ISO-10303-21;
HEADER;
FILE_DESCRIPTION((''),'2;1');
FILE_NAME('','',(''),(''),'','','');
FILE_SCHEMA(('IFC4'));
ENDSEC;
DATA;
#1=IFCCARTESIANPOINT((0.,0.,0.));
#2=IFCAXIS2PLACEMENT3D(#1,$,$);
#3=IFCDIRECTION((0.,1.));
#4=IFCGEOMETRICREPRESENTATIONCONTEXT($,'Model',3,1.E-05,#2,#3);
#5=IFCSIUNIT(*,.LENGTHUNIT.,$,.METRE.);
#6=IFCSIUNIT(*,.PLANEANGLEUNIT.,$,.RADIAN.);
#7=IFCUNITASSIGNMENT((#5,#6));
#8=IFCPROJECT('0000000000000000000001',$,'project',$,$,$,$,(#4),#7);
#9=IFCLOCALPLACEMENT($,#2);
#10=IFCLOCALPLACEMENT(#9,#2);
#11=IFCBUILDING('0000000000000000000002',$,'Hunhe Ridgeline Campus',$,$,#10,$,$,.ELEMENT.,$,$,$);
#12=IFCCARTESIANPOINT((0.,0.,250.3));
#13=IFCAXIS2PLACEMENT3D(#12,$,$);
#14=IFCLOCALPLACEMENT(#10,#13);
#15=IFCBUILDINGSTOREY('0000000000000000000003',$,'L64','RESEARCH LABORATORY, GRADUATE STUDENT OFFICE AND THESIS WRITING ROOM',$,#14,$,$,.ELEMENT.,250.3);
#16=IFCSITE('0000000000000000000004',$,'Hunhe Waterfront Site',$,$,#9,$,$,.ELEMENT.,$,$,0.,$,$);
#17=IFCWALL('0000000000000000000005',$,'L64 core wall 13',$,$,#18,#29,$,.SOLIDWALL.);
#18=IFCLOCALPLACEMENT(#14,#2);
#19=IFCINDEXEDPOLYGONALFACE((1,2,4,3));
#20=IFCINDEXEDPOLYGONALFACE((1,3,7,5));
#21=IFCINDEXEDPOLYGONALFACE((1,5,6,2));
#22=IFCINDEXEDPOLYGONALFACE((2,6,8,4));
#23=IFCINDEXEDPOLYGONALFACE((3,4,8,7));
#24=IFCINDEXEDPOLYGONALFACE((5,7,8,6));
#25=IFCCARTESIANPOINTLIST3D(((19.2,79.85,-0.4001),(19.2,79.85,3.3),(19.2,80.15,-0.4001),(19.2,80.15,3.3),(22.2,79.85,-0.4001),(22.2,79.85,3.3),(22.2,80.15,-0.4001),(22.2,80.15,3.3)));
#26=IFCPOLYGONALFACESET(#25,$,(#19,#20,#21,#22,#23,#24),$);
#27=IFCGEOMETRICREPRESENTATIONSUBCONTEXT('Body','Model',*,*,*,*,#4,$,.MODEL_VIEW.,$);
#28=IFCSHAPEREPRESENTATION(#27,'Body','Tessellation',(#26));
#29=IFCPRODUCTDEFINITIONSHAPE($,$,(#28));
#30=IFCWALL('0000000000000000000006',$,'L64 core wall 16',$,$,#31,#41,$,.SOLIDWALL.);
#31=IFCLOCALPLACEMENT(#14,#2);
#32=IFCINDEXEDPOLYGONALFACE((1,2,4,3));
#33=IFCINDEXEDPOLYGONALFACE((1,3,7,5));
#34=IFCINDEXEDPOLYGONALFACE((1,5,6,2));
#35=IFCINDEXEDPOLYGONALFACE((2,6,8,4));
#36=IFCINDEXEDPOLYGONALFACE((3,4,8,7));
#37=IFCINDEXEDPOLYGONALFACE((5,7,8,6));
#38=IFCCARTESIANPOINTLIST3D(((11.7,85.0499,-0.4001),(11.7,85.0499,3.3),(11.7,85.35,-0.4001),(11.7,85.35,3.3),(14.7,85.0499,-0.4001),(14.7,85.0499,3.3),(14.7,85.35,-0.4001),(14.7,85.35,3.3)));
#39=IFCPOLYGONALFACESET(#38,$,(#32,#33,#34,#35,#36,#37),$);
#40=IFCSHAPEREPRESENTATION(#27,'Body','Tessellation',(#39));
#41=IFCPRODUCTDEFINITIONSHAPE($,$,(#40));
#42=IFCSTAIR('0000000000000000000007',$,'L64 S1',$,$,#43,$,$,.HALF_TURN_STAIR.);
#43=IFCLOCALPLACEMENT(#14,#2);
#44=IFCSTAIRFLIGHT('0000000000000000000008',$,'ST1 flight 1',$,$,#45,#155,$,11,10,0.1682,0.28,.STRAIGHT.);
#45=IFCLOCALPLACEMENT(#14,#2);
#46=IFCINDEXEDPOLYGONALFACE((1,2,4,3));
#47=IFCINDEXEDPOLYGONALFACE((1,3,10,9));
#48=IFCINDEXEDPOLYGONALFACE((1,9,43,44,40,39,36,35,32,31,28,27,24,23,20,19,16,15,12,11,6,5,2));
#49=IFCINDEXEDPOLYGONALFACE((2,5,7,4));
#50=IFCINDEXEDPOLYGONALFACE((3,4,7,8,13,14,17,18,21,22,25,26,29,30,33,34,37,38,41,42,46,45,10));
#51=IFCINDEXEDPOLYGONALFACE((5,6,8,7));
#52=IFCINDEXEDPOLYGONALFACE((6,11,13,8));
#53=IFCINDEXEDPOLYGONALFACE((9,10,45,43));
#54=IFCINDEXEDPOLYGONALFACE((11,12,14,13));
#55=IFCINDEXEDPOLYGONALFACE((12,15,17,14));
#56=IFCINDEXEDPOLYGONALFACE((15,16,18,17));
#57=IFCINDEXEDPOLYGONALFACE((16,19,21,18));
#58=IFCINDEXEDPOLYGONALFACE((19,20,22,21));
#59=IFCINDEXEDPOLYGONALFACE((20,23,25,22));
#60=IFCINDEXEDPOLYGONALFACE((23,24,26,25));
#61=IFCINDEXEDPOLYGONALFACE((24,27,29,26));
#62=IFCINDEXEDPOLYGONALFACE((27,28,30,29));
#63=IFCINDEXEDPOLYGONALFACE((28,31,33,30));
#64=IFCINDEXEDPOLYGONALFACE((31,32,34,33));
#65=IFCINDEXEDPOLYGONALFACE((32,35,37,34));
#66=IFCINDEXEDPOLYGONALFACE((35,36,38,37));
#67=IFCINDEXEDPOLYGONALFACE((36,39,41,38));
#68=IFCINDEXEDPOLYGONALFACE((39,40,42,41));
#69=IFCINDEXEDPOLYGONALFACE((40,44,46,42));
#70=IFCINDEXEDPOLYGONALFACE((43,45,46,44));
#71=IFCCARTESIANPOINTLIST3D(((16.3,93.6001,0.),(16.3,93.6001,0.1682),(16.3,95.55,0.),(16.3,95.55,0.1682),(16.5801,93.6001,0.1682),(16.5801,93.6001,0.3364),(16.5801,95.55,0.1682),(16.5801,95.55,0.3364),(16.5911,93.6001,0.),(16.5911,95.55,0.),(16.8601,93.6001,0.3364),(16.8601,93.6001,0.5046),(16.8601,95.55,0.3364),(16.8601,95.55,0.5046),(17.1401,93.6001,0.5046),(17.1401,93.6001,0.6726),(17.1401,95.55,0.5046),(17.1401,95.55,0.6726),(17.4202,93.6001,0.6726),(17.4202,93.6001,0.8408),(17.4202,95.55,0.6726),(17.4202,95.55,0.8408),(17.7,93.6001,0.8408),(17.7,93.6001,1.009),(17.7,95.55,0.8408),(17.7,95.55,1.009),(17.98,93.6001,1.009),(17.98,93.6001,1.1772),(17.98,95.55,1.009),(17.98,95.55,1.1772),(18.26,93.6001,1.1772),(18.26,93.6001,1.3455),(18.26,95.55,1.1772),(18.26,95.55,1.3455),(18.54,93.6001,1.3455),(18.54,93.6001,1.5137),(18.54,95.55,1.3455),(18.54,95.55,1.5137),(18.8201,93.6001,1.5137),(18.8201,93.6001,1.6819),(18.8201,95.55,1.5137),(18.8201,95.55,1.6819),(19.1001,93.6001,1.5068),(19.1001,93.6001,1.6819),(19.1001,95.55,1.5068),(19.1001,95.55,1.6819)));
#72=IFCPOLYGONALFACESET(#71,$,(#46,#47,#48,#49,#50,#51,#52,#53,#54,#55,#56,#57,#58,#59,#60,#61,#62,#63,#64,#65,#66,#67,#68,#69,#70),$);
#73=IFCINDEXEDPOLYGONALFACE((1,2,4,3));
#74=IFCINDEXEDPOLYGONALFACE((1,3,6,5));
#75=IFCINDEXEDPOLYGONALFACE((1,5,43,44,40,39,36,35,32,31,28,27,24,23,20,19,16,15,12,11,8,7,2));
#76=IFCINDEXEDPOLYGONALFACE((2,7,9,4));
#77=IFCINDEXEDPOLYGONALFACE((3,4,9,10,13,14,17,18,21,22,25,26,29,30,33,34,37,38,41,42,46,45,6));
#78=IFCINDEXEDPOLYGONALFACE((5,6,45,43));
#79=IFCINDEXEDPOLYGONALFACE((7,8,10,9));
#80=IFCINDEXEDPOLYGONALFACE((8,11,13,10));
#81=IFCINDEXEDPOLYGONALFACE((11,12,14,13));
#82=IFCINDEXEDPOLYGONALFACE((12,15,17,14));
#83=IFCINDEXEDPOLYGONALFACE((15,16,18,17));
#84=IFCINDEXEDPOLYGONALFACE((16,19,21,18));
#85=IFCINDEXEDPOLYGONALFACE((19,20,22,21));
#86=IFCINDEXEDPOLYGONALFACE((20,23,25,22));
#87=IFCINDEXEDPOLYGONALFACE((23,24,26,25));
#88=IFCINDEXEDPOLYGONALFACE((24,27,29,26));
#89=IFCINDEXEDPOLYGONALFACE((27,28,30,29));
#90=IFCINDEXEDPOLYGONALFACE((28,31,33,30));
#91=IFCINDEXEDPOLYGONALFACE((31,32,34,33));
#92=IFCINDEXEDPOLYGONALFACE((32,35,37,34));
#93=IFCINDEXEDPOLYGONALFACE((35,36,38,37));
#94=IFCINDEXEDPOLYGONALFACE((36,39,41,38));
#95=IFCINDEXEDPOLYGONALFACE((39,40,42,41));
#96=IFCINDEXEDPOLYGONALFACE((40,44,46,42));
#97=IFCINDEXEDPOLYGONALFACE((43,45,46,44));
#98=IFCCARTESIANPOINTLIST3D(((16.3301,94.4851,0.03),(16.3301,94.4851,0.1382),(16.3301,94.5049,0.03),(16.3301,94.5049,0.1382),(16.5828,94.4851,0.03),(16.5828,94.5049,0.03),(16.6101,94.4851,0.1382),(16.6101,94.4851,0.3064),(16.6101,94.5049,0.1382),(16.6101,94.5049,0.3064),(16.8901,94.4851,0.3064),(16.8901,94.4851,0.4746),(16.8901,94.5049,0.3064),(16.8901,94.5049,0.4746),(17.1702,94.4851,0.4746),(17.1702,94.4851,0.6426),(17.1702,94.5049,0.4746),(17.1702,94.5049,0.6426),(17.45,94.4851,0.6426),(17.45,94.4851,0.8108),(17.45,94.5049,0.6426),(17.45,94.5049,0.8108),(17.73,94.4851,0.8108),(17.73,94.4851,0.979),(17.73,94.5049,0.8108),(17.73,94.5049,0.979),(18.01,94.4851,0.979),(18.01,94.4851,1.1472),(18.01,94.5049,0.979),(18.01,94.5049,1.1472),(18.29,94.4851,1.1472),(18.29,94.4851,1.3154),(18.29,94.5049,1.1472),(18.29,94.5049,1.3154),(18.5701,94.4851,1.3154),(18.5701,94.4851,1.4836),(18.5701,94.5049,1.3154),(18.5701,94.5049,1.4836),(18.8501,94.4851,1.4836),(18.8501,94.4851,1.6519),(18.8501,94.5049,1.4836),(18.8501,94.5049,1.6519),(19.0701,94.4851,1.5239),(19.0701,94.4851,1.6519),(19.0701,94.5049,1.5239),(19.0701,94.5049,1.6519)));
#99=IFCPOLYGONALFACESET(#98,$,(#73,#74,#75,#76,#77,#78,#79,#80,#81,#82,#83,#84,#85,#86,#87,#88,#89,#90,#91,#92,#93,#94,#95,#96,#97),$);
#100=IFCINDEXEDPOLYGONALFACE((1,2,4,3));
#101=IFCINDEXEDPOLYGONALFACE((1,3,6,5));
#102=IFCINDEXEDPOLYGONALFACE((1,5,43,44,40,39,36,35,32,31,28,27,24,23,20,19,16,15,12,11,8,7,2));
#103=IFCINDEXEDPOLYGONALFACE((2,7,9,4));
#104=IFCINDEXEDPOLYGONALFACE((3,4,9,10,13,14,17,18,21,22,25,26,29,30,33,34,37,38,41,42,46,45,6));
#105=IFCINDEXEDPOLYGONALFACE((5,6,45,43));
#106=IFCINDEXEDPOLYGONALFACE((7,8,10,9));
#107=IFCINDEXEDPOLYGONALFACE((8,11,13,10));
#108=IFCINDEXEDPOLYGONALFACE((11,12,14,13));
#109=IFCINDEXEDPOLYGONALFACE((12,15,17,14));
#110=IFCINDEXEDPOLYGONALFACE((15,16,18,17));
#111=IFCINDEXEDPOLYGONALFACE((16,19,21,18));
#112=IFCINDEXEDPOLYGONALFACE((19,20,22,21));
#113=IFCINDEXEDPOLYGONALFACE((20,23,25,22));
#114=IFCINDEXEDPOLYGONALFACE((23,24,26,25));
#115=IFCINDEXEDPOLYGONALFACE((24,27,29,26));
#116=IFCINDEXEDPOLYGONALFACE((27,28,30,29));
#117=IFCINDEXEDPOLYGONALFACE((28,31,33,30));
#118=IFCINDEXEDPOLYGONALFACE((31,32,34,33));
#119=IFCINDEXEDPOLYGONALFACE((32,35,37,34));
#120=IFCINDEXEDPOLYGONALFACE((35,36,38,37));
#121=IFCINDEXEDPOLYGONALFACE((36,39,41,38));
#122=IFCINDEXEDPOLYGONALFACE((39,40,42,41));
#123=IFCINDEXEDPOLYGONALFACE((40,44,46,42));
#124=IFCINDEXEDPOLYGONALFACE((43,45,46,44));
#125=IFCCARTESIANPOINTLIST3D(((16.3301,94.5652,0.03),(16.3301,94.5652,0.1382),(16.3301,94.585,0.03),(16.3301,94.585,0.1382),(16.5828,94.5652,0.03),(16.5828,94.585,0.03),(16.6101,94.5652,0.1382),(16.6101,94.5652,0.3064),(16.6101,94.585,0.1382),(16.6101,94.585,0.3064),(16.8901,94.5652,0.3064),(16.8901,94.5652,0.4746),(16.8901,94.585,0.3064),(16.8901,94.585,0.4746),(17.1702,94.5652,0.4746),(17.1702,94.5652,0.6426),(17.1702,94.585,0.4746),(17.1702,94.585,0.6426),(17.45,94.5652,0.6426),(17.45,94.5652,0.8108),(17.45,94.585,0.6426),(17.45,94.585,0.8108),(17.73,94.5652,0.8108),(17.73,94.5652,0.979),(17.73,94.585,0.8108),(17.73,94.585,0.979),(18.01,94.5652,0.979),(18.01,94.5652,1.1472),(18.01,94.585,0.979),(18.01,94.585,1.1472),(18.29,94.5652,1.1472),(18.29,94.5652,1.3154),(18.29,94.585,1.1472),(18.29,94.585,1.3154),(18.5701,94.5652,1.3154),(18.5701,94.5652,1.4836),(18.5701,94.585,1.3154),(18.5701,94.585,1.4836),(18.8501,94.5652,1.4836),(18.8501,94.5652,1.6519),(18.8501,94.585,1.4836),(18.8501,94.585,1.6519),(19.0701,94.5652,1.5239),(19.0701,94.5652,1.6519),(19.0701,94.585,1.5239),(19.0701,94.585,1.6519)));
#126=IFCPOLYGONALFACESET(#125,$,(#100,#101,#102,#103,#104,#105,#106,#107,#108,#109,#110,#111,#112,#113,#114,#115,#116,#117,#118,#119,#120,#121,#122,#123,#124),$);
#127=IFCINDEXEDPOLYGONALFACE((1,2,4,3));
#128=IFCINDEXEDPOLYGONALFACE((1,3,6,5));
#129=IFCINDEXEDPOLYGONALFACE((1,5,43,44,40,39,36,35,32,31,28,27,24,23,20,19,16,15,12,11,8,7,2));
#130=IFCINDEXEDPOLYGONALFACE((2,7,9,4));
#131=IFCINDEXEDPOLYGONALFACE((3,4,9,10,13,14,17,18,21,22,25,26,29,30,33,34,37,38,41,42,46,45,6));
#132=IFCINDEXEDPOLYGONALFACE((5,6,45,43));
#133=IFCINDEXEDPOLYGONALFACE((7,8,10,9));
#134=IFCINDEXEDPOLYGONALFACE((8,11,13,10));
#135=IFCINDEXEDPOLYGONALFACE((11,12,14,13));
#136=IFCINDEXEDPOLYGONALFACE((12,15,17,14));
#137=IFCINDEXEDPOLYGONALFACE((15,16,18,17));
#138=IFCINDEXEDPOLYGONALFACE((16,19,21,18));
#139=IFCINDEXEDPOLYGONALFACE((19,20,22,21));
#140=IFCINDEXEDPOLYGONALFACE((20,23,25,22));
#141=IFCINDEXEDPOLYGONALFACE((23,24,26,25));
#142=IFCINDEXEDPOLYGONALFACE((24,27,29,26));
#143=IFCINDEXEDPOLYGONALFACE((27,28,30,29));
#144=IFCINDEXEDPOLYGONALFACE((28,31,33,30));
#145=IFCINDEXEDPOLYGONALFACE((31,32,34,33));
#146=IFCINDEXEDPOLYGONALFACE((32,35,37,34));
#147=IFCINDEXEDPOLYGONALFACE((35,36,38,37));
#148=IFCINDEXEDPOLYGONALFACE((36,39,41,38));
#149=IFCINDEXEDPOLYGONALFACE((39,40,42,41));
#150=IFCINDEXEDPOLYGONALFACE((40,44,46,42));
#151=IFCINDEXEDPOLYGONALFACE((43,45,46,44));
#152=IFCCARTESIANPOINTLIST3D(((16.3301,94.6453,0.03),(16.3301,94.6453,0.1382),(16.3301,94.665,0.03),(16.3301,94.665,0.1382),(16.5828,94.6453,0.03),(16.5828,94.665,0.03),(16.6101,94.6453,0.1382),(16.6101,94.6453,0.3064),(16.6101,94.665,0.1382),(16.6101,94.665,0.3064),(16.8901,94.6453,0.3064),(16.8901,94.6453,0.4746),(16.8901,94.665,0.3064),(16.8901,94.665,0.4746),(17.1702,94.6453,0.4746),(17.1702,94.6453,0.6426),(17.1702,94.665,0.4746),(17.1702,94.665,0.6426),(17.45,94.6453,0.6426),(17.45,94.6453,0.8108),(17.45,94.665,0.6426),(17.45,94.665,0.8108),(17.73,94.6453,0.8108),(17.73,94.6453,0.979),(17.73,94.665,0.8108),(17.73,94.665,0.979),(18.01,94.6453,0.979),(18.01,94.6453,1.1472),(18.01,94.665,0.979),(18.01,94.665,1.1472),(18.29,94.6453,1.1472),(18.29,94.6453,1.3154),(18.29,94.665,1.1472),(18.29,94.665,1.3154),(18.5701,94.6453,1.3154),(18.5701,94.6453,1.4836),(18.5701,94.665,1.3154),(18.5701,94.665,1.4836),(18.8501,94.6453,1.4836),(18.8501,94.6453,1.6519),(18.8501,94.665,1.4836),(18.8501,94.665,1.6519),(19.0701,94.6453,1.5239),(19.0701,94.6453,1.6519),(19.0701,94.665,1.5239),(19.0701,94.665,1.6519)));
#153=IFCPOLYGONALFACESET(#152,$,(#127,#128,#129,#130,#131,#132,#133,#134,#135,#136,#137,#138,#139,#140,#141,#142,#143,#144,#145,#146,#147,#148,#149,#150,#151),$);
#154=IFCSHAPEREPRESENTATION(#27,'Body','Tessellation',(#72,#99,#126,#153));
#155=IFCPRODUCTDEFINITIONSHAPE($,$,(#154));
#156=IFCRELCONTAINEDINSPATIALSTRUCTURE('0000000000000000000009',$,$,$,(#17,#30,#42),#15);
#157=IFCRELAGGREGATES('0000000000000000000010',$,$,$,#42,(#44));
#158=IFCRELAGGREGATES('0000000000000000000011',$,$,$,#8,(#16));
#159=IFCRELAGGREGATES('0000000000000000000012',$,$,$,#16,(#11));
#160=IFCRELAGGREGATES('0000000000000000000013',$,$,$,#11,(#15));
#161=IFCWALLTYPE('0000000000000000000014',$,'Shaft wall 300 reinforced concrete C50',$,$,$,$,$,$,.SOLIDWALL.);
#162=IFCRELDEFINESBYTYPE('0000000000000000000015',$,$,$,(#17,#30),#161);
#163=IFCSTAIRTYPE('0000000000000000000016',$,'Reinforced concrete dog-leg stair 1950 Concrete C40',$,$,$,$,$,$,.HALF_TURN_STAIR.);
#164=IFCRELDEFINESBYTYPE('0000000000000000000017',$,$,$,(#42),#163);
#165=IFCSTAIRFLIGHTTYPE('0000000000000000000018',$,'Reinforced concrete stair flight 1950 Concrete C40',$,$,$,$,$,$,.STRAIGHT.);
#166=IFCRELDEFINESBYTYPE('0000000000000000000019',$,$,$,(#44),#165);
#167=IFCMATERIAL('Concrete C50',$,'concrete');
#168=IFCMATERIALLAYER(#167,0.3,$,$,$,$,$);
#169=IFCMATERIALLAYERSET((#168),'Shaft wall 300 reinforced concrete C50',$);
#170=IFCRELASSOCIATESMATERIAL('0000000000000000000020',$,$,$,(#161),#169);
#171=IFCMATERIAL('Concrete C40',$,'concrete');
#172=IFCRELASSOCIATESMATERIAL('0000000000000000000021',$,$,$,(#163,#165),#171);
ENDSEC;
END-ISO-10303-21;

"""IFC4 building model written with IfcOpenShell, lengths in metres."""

from ifc_helpers import new_model, si_unit, direction, frame, frame_2d, origin, place, context, subcontext, project, spatial, polyline, rectangle, outline, extrude, material, layer, layer_set, type_object, element, aggregate, save


model = new_model("IFC4")

# Units and contexts
model_context = context("Model", 3, precision=1e-05, world=origin(), true_north=direction((0.0, 1.0)))
body_context = subcontext(model_context, "Body", "Model", "MODEL_VIEW")
ifc_project = project(units=[si_unit("LENGTHUNIT", "METRE"), si_unit("PLANEANGLEUNIT", "RADIAN")], contexts=[model_context])

# Site, building, storey
site_placement = place(None, origin())
site = spatial("IfcSite", under=ifc_project, at=site_placement, Name="Hunhe Waterfront Site", CompositionType="ELEMENT", RefElevation=0.0)
building_placement = place(site_placement, origin())
building = spatial("IfcBuilding", under=site, at=building_placement, Name="Hunhe Ridgeline Campus", CompositionType="ELEMENT")
storey_placement = place(building_placement, frame((0.0, 0.0, 250.3)))
storey = spatial("IfcBuildingStorey", under=building, at=storey_placement, Name="L64", Description="RESEARCH LABORATORY, GRADUATE STUDENT OFFICE AND THESIS WRITING ROOM", CompositionType="ELEMENT", Elevation=250.3)

# Walls
ifc_material_1 = material(Name="Concrete C50", Category="concrete")
ifc_layer_1 = layer(ifc_material_1, 0.3)
ifc_layer_set_1 = layer_set([ifc_layer_1], Name="Shaft wall 300 reinforced concrete C50")
wall_type_1 = type_object("IfcWallType", Name="Shaft wall 300 reinforced concrete C50", PredefinedType="SOLIDWALL", material=ifc_layer_set_1)
for number, where, z_axis, x_axis, name in (
    (1, (19.2, 80.0, -0.4001), (0.0, 0.0, 1.0), (1.0, 0.0, 0.0), "L64 core wall 13"),
    (2, (11.7, 85.2, -0.4001), (0.0, 0.0, 1.0), (1.0, 0.0, 0.0), "L64 core wall 16"),
):
    element("IfcWall", number, at=place(storey_placement, frame(where, z_axis=z_axis, x_axis=x_axis)), inside=storey, type_object=wall_type_1, Name=name, PredefinedType="SOLIDWALL", context=body_context, shape_type="SweptSolid", body=[
        extrude(rectangle(XDim=3.0, YDim=0.3, at=frame_2d((1.5, 0.0))), origin(), (0.0, 0.0, 1.0), 3.7002),
    ])

# Stair, stair flight
ifc_material_2 = material(Name="Concrete C40", Category="concrete")
stair_type = type_object("IfcStairType", Name="Reinforced concrete dog-leg stair 1950 Concrete C40", PredefinedType="HALF_TURN_STAIR", material=ifc_material_2)
stair_placement = place(storey_placement, origin())
stair = element("IfcStair", 3, at=stair_placement, inside=storey, type_object=stair_type, Name="L64 S1", PredefinedType="HALF_TURN_STAIR")
stair_flight_type = type_object("IfcStairFlightType", Name="Reinforced concrete stair flight 1950 Concrete C40", PredefinedType="STRAIGHT", material=ifc_material_2)
stair_flight_1_placement = place(storey_placement, frame((16.3, 94.575, 0.0), z_axis=(0.0, 0.0, 1.0), x_axis=(1.0, 0.0, 0.0)))
stair_flight_1 = element("IfcStairFlight", 4, at=stair_flight_1_placement, type_object=stair_flight_type, Name="ST1 flight 1", NumberOfRisers=11, NumberOfTreads=10, PredefinedType="STRAIGHT", RiserHeight=0.1682, TreadLength=0.28, context=body_context, shape_type="SweptSolid", body=[
    extrude(outline(polyline([(0.0, 0.0), (0.0, 0.1682), (0.28, 0.1682), (0.28, 0.3364), (0.5601, 0.3364), (0.5601, 0.5046), (0.8401, 0.5046), (0.8401, 0.6726), (1.1201, 0.6726), (1.1201, 0.8408), (1.3999, 0.8408), (1.3999, 1.009), (1.6799, 1.009), (1.6799, 1.1772), (1.96, 1.1772), (1.96, 1.3455), (2.24, 1.3455), (2.24, 1.5137), (2.52, 1.5137), (2.52, 1.6819), (2.8, 1.6819), (2.8, 1.8501), (2.8, 1.5068), (0.291, 0.0), (0.0, 0.0)])), frame((0.0, 0.9751, 0.0), z_axis=(0.0, -1.0, 0.0), x_axis=(1.0, 0.0, 0.0)), (0.0, 0.0, 1.0), 1.95),
    extrude(outline(polyline([(0.03, 0.03), (0.03, 0.1382), (0.3101, 0.1382), (0.3101, 0.3064), (0.5901, 0.3064), (0.5901, 0.4746), (0.8701, 0.4746), (0.8701, 0.6426), (1.1499, 0.6426), (1.1499, 0.8108), (1.4299, 0.8108), (1.4299, 0.979), (1.71, 0.979), (1.71, 1.1472), (1.99, 1.1472), (1.99, 1.3154), (2.27, 1.3154), (2.27, 1.4836), (2.55, 1.4836), (2.55, 1.6519), (2.77, 1.6519), (2.77, 1.5239), (0.2827, 0.03), (0.03, 0.03)])), frame((0.0, -0.0701, 0.0), z_axis=(0.0, -1.0, 0.0), x_axis=(1.0, 0.0, 0.0)), (0.0, 0.0, 1.0), 0.0198),
    extrude(outline(polyline([(0.03, 0.03), (0.03, 0.1382), (0.3101, 0.1382), (0.3101, 0.3064), (0.5901, 0.3064), (0.5901, 0.4746), (0.8701, 0.4746), (0.8701, 0.6426), (1.1499, 0.6426), (1.1499, 0.8108), (1.4299, 0.8108), (1.4299, 0.979), (1.71, 0.979), (1.71, 1.1472), (1.99, 1.1472), (1.99, 1.3154), (2.27, 1.3154), (2.27, 1.4836), (2.55, 1.4836), (2.55, 1.6519), (2.77, 1.6519), (2.77, 1.5239), (0.2827, 0.03), (0.03, 0.03)])), frame((0.0, 0.01, 0.0), z_axis=(0.0, -1.0, 0.0), x_axis=(1.0, 0.0, 0.0)), (0.0, 0.0, 1.0), 0.0198),
    extrude(outline(polyline([(0.03, 0.03), (0.03, 0.1382), (0.3101, 0.1382), (0.3101, 0.3064), (0.5901, 0.3064), (0.5901, 0.4746), (0.8701, 0.4746), (0.8701, 0.6426), (1.1499, 0.6426), (1.1499, 0.8108), (1.4299, 0.8108), (1.4299, 0.979), (1.71, 0.979), (1.71, 1.1472), (1.99, 1.1472), (1.99, 1.3154), (2.27, 1.3154), (2.27, 1.4836), (2.55, 1.4836), (2.55, 1.6519), (2.77, 1.6519), (2.77, 1.5239), (0.2827, 0.03), (0.03, 0.03)])), frame((0.0, 0.0901, 0.0), z_axis=(0.0, -1.0, 0.0), x_axis=(1.0, 0.0, 0.0)), (0.0, 0.0, 1.0), 0.0198),
])
aggregate(stair, [stair_flight_1])

save(model, "model.ifc")
